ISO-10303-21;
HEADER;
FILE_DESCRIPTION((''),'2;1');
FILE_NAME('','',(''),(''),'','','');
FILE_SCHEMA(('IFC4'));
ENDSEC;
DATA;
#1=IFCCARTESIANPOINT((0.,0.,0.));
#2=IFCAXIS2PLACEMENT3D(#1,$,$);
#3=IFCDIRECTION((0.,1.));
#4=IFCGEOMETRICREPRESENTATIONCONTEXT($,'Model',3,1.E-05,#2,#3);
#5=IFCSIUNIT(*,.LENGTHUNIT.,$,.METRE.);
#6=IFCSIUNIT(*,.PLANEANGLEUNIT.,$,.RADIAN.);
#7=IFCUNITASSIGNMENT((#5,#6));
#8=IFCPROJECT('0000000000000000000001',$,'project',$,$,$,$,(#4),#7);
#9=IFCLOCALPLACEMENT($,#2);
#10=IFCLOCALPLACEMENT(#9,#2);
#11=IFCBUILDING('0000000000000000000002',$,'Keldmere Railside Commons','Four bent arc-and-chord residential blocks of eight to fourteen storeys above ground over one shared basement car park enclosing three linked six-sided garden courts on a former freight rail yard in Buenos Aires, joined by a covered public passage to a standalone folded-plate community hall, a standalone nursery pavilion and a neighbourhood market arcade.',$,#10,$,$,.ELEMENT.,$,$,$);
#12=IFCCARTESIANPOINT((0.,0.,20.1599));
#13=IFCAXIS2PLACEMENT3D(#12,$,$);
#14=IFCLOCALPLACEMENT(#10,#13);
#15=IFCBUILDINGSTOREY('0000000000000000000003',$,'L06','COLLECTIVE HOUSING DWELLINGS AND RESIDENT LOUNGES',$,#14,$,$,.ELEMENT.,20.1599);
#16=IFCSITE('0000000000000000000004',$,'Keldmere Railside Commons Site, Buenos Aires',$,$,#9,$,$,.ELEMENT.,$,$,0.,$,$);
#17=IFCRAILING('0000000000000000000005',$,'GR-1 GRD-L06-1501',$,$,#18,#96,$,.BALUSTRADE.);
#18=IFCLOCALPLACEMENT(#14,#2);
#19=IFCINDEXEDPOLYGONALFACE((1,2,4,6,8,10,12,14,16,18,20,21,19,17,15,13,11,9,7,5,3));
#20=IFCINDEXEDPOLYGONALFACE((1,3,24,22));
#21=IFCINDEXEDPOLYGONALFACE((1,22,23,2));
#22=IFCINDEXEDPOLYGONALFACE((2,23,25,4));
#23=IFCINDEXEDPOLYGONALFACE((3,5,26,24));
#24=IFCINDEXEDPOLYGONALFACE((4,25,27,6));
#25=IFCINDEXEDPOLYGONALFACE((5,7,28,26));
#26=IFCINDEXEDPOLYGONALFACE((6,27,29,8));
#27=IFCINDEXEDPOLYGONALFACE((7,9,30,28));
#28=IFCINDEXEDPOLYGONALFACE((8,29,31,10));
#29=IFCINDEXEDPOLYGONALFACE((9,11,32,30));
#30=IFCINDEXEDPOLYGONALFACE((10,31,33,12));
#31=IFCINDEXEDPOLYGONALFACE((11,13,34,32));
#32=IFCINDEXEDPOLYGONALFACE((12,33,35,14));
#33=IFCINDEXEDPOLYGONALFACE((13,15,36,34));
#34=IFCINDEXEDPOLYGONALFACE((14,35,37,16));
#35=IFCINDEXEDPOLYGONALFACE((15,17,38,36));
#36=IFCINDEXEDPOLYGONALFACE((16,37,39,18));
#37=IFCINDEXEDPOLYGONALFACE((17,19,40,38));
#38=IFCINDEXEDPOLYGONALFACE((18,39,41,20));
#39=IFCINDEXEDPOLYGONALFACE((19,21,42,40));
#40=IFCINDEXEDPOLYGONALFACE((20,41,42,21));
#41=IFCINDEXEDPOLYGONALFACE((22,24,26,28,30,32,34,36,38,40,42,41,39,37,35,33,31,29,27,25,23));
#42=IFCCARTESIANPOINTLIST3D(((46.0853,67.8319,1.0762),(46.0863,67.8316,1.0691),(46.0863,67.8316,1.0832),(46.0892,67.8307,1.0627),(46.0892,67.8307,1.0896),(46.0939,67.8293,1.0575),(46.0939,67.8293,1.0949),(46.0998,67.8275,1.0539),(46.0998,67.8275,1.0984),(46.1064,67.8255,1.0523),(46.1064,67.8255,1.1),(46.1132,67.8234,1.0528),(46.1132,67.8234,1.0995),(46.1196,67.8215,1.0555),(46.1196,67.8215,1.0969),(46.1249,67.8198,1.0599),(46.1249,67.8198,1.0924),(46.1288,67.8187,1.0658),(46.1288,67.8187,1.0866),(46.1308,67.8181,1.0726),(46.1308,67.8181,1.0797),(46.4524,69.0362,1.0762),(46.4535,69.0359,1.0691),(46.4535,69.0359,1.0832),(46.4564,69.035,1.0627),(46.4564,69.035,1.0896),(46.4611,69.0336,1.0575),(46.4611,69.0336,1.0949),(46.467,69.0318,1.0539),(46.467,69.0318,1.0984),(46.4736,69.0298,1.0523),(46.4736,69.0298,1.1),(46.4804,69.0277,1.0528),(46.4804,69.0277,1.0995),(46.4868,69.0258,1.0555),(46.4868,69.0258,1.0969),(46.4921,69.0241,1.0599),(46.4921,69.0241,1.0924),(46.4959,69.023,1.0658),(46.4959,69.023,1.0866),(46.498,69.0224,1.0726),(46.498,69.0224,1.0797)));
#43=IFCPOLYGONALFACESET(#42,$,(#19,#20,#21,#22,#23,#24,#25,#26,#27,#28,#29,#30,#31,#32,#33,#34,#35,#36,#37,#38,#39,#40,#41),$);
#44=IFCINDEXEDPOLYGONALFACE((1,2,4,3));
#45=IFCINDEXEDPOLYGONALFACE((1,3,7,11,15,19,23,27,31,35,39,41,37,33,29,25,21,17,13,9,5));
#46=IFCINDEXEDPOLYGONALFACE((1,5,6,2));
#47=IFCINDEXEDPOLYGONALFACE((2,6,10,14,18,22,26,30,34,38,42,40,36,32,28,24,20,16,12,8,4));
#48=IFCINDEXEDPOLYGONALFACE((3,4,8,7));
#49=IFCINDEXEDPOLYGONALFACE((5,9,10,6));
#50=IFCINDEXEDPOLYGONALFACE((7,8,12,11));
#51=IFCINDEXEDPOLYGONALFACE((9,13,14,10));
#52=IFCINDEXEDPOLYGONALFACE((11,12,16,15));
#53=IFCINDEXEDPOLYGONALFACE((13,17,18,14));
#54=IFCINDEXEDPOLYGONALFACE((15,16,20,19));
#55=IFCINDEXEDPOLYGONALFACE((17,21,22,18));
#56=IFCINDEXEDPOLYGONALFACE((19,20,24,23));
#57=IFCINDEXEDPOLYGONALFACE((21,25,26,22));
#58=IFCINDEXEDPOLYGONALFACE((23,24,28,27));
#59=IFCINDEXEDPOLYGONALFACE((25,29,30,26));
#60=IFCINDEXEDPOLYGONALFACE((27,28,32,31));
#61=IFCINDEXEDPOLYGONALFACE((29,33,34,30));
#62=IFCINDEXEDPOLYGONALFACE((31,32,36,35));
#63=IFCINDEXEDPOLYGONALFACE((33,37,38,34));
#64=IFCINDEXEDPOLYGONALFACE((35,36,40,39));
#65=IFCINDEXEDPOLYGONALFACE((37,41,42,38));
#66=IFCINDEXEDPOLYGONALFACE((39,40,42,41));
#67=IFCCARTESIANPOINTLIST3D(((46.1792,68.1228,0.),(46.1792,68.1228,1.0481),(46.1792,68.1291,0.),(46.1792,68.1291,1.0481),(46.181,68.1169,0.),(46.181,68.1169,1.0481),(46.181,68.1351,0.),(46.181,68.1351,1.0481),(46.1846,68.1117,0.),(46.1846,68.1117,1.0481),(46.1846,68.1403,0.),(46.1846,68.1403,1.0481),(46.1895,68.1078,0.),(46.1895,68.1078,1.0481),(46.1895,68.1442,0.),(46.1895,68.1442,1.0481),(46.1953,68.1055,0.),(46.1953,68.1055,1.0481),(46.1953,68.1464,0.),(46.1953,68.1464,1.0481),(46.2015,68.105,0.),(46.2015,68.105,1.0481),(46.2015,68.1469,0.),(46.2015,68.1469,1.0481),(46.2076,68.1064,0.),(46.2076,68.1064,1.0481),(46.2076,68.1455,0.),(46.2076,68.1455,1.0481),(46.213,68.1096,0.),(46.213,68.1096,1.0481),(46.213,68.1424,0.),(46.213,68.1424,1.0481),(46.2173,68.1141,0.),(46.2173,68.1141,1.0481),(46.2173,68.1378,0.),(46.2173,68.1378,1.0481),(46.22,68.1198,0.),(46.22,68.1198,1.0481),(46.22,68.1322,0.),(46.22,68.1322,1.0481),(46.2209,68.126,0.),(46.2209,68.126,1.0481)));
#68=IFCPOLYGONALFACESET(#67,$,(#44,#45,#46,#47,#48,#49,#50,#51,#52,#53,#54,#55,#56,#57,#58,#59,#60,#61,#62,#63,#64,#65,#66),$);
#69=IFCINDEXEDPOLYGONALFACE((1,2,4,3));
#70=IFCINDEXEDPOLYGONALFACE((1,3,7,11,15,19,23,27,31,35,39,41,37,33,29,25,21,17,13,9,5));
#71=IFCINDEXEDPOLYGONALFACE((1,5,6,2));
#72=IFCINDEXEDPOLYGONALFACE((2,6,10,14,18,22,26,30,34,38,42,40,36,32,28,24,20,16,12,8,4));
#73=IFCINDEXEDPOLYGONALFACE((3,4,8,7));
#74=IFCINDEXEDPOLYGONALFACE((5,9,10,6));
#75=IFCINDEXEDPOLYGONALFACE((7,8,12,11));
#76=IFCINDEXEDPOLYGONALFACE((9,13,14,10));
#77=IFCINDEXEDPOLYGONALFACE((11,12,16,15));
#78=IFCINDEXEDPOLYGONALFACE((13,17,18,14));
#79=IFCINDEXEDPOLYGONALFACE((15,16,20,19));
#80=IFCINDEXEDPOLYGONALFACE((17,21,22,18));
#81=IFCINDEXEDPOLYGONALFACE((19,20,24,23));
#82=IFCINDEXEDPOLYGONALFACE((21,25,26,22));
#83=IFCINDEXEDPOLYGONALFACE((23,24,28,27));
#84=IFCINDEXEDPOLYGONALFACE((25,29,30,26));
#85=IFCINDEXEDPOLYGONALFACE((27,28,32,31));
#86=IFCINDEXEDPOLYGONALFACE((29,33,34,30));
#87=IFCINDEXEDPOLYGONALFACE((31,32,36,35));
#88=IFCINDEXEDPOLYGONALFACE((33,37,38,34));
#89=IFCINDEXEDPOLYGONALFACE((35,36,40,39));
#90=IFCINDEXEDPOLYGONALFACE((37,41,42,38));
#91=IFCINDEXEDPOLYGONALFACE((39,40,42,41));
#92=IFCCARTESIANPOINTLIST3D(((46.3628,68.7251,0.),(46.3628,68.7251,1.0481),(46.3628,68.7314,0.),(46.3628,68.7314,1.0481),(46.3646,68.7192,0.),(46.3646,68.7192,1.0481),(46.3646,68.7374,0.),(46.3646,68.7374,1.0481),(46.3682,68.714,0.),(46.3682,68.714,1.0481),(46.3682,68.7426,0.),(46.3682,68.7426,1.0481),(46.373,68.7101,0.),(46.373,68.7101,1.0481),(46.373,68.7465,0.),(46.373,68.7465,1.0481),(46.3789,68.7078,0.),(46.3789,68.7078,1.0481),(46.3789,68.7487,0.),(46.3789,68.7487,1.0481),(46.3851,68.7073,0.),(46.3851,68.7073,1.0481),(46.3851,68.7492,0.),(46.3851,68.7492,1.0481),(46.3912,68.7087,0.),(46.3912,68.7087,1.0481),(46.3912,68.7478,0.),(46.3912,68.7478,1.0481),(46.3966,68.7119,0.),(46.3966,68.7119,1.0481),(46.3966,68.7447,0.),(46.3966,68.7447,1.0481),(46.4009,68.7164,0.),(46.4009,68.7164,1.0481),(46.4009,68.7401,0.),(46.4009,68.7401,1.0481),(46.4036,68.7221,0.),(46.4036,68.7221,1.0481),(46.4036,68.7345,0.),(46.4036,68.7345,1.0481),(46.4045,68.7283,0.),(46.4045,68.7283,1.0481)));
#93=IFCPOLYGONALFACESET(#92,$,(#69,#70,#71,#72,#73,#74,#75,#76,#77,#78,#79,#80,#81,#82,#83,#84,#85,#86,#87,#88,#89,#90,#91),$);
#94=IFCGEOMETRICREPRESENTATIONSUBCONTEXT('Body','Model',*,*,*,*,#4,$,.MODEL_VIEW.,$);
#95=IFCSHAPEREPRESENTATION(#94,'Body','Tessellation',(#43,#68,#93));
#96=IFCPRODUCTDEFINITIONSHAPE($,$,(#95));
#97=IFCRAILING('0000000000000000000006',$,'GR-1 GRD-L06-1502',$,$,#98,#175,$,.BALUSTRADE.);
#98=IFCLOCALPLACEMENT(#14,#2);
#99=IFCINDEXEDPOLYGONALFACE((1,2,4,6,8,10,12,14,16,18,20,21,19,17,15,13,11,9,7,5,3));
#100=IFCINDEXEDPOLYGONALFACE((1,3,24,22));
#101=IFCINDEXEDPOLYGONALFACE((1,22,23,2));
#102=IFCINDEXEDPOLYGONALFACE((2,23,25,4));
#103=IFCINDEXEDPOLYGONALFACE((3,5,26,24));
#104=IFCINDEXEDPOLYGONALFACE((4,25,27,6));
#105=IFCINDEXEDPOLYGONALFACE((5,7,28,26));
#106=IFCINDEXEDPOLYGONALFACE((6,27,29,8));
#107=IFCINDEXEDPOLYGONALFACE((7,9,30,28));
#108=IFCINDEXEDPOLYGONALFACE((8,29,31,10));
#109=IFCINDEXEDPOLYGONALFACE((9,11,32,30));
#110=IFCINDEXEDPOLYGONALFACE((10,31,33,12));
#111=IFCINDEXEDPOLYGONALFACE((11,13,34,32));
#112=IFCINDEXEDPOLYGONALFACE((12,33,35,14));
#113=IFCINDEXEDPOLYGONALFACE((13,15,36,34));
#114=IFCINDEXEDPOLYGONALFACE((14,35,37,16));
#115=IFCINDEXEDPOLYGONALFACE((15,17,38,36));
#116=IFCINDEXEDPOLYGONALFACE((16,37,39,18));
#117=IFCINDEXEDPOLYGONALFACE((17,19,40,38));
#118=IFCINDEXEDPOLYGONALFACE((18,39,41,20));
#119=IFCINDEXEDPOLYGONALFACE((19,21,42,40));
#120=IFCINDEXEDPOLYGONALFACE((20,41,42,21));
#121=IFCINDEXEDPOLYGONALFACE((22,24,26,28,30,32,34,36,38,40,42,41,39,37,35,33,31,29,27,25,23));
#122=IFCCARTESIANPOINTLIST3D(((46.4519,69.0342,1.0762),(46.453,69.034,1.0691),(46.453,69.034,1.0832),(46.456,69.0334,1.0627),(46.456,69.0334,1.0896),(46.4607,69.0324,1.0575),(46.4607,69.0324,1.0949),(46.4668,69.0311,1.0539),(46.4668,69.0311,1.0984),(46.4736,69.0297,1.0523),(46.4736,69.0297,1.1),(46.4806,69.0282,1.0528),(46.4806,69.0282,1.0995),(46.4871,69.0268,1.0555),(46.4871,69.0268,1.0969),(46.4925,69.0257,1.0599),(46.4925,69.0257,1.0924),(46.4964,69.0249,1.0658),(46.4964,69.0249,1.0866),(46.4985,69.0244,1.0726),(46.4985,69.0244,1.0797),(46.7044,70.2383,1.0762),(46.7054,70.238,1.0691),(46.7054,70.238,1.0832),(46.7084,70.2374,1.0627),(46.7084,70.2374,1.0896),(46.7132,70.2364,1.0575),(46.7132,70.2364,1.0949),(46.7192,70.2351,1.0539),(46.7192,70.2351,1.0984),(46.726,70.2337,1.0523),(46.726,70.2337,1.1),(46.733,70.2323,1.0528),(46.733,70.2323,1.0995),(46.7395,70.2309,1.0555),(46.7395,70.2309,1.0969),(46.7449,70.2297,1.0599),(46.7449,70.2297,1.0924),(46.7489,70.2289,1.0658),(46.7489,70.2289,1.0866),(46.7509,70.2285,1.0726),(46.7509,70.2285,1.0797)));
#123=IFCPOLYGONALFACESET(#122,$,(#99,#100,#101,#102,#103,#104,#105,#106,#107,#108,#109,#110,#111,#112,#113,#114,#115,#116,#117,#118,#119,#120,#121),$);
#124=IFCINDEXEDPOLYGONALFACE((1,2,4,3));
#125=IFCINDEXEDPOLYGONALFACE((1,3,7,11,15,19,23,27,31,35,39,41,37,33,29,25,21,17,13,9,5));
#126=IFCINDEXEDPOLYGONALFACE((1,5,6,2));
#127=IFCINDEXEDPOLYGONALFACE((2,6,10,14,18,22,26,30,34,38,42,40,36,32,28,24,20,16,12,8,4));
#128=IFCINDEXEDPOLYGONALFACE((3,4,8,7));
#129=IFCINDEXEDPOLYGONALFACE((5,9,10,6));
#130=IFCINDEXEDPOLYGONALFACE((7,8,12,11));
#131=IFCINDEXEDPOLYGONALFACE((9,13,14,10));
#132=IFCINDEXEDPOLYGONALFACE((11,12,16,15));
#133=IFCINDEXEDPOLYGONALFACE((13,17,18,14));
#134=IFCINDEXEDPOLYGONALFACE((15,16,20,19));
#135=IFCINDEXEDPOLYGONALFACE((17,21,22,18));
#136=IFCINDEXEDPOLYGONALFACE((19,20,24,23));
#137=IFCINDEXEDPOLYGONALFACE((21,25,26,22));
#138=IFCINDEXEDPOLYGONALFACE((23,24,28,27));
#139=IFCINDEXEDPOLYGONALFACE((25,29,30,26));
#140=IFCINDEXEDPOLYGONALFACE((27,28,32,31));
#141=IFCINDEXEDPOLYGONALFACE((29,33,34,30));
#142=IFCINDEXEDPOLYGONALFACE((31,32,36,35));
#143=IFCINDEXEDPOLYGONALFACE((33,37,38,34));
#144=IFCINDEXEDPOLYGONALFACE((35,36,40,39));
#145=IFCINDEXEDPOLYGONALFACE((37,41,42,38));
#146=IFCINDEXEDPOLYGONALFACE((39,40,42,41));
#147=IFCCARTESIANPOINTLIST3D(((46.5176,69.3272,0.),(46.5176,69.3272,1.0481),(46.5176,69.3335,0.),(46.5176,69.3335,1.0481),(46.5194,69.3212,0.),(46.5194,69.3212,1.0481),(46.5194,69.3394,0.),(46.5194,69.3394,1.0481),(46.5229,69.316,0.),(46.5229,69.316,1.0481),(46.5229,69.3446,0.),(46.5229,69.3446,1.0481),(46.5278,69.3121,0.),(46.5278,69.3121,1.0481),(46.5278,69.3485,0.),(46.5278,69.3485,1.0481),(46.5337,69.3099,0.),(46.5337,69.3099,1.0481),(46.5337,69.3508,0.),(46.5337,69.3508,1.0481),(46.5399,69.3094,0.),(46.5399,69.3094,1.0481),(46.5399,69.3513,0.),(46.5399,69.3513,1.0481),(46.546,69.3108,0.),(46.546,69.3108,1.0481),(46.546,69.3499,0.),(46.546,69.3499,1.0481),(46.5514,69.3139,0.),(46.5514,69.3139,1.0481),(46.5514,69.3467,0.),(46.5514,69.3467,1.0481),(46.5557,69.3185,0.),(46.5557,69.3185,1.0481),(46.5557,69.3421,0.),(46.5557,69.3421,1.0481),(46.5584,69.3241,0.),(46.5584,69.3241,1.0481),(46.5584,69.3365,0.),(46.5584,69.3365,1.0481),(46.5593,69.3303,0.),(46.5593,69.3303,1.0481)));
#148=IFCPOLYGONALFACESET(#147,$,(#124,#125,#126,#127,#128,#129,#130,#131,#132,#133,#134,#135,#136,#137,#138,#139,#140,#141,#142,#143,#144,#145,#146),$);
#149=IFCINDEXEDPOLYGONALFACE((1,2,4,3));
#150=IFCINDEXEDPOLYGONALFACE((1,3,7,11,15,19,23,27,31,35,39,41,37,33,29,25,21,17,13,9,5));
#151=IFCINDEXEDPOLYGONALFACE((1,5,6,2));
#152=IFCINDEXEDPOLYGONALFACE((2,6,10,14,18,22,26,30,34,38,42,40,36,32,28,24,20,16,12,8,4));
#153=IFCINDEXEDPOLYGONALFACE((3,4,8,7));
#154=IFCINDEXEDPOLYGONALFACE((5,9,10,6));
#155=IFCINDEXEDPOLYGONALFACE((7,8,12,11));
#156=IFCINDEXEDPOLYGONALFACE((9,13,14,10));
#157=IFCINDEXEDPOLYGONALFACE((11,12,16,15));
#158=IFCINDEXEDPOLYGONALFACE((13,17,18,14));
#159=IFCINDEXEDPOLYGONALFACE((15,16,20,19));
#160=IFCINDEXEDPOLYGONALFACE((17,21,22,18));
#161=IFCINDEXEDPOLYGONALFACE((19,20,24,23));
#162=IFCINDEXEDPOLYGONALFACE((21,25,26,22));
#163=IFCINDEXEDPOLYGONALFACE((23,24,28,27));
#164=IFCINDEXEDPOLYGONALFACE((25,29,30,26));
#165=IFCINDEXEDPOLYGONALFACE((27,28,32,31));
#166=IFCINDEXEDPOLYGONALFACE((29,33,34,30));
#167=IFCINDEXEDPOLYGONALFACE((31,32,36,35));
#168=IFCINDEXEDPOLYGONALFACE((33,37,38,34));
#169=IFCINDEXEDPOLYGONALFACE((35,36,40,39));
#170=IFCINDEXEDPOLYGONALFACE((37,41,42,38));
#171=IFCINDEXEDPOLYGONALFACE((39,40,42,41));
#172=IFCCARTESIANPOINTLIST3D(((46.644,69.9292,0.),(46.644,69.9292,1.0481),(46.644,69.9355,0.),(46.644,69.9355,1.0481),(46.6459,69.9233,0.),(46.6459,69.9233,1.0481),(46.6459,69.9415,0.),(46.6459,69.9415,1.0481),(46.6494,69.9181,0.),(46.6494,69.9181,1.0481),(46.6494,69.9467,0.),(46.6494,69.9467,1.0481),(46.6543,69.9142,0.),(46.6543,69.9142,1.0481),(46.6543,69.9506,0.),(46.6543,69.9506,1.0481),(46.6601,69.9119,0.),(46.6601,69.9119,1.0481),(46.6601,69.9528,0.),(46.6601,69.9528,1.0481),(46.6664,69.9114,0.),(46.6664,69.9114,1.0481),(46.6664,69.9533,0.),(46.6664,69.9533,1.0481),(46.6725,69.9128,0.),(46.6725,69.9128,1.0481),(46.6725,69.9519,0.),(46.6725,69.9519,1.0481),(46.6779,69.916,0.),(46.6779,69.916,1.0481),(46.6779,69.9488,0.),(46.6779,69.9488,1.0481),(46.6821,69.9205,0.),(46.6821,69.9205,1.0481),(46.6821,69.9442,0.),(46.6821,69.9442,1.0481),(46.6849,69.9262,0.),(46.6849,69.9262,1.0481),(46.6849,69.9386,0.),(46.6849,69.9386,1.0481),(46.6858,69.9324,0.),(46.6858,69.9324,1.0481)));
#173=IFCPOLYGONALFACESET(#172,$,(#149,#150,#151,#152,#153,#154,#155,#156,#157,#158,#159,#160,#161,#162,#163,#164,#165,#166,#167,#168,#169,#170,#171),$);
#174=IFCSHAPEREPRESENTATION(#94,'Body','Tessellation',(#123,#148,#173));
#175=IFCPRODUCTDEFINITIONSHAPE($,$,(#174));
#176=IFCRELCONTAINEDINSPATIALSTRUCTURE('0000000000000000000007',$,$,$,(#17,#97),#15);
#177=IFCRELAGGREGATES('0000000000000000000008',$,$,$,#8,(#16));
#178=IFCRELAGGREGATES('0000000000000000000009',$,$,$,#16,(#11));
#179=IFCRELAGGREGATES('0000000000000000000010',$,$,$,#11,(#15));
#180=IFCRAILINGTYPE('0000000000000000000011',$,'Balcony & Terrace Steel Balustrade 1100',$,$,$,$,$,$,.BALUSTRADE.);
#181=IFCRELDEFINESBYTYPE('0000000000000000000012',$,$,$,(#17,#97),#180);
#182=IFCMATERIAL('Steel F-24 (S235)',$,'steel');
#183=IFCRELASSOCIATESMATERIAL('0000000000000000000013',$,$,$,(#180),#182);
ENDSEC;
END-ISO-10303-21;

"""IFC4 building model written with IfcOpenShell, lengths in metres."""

from ifc_helpers import new_model, si_unit, direction, frame, origin, origin_2d, place, context, subcontext, project, spatial, circle, extrude, material, type_object, element, save


model = new_model("IFC4")

# Units and contexts
model_context = context("Model", 3, precision=1e-05, world=origin(), true_north=direction((0.0, 1.0)))
body_context = subcontext(model_context, "Body", "Model", "MODEL_VIEW")
ifc_project = project(units=[si_unit("LENGTHUNIT", "METRE"), si_unit("PLANEANGLEUNIT", "RADIAN")], contexts=[model_context])

# Site, building, storey
site_placement = place(None, origin())
site = spatial("IfcSite", under=ifc_project, at=site_placement, Name="Keldmere Railside Commons Site, Buenos Aires", CompositionType="ELEMENT", RefElevation=0.0)
building_placement = place(site_placement, origin())
building = spatial("IfcBuilding", under=site, at=building_placement, Name="Keldmere Railside Commons", Description="Four bent arc-and-chord residential blocks of eight to fourteen storeys above ground over one shared basement car park enclosing three linked six-sided garden courts on a former freight rail yard in Buenos Aires, joined by a covered public passage to a standalone folded-plate community hall, a standalone nursery pavilion and a neighbourhood market arcade.", CompositionType="ELEMENT")
storey_placement = place(building_placement, frame((0.0, 0.0, 20.1599)))
storey = spatial("IfcBuildingStorey", under=building, at=storey_placement, Name="L06", Description="COLLECTIVE HOUSING DWELLINGS AND RESIDENT LOUNGES", CompositionType="ELEMENT", Elevation=20.1599)

# Shared definitions
ifc_material_1 = material(Name="Steel F-24 (S235)", Category="steel")

# Railings
railing_type_1 = type_object("IfcRailingType", Name="Balcony & Terrace Steel Balustrade 1100", PredefinedType="BALUSTRADE", material=ifc_material_1)
railing_1_placement = place(storey_placement, frame((46.1082, 67.825, 0.0)))
element("IfcRailing", 1, at=railing_1_placement, inside=storey, type_object=railing_type_1, Name="GR-1 GRD-L06-1501", PredefinedType="BALUSTRADE", context=body_context, shape_type="SweptSolid", body=[
    extrude(circle(Radius=0.0239, at=origin_2d()), frame((0.0, 0.0, 1.0762), z_axis=(0.291632, 0.956531, 0.0), x_axis=(-0.956531, 0.291632, 0.0)), (0.0, 0.0, 1.0), 1.259),
    extrude(circle(Radius=0.021, at=origin_2d()), frame((0.0918, 0.301, 0.0)), (0.0, 0.0, 1.0), 1.0481),
    extrude(circle(Radius=0.021, at=origin_2d()), frame((0.2754, 0.9033, 0.0)), (0.0, 0.0, 1.0), 1.0481),
])
railing_2_placement = place(storey_placement, frame((46.4753, 69.0293, 0.0)))
element("IfcRailing", 2, at=railing_2_placement, inside=storey, type_object=railing_type_1, Name="GR-1 GRD-L06-1502", PredefinedType="BALUSTRADE", context=body_context, shape_type="SweptSolid", body=[
    extrude(circle(Radius=0.0239, at=origin_2d()), frame((0.0, 0.0, 1.0762), z_axis=(0.20519, 0.978722, 0.0), x_axis=(-0.978722, 0.20519, 0.0)), (0.0, 0.0, 1.0), 1.2302),
    extrude(circle(Radius=0.021, at=origin_2d()), frame((0.063, 0.301, 0.0)), (0.0, 0.0, 1.0), 1.0481),
    extrude(circle(Radius=0.021, at=origin_2d()), frame((0.1895, 0.9031, 0.0)), (0.0, 0.0, 1.0), 1.0481),
])

save(model, "model.ifc")
